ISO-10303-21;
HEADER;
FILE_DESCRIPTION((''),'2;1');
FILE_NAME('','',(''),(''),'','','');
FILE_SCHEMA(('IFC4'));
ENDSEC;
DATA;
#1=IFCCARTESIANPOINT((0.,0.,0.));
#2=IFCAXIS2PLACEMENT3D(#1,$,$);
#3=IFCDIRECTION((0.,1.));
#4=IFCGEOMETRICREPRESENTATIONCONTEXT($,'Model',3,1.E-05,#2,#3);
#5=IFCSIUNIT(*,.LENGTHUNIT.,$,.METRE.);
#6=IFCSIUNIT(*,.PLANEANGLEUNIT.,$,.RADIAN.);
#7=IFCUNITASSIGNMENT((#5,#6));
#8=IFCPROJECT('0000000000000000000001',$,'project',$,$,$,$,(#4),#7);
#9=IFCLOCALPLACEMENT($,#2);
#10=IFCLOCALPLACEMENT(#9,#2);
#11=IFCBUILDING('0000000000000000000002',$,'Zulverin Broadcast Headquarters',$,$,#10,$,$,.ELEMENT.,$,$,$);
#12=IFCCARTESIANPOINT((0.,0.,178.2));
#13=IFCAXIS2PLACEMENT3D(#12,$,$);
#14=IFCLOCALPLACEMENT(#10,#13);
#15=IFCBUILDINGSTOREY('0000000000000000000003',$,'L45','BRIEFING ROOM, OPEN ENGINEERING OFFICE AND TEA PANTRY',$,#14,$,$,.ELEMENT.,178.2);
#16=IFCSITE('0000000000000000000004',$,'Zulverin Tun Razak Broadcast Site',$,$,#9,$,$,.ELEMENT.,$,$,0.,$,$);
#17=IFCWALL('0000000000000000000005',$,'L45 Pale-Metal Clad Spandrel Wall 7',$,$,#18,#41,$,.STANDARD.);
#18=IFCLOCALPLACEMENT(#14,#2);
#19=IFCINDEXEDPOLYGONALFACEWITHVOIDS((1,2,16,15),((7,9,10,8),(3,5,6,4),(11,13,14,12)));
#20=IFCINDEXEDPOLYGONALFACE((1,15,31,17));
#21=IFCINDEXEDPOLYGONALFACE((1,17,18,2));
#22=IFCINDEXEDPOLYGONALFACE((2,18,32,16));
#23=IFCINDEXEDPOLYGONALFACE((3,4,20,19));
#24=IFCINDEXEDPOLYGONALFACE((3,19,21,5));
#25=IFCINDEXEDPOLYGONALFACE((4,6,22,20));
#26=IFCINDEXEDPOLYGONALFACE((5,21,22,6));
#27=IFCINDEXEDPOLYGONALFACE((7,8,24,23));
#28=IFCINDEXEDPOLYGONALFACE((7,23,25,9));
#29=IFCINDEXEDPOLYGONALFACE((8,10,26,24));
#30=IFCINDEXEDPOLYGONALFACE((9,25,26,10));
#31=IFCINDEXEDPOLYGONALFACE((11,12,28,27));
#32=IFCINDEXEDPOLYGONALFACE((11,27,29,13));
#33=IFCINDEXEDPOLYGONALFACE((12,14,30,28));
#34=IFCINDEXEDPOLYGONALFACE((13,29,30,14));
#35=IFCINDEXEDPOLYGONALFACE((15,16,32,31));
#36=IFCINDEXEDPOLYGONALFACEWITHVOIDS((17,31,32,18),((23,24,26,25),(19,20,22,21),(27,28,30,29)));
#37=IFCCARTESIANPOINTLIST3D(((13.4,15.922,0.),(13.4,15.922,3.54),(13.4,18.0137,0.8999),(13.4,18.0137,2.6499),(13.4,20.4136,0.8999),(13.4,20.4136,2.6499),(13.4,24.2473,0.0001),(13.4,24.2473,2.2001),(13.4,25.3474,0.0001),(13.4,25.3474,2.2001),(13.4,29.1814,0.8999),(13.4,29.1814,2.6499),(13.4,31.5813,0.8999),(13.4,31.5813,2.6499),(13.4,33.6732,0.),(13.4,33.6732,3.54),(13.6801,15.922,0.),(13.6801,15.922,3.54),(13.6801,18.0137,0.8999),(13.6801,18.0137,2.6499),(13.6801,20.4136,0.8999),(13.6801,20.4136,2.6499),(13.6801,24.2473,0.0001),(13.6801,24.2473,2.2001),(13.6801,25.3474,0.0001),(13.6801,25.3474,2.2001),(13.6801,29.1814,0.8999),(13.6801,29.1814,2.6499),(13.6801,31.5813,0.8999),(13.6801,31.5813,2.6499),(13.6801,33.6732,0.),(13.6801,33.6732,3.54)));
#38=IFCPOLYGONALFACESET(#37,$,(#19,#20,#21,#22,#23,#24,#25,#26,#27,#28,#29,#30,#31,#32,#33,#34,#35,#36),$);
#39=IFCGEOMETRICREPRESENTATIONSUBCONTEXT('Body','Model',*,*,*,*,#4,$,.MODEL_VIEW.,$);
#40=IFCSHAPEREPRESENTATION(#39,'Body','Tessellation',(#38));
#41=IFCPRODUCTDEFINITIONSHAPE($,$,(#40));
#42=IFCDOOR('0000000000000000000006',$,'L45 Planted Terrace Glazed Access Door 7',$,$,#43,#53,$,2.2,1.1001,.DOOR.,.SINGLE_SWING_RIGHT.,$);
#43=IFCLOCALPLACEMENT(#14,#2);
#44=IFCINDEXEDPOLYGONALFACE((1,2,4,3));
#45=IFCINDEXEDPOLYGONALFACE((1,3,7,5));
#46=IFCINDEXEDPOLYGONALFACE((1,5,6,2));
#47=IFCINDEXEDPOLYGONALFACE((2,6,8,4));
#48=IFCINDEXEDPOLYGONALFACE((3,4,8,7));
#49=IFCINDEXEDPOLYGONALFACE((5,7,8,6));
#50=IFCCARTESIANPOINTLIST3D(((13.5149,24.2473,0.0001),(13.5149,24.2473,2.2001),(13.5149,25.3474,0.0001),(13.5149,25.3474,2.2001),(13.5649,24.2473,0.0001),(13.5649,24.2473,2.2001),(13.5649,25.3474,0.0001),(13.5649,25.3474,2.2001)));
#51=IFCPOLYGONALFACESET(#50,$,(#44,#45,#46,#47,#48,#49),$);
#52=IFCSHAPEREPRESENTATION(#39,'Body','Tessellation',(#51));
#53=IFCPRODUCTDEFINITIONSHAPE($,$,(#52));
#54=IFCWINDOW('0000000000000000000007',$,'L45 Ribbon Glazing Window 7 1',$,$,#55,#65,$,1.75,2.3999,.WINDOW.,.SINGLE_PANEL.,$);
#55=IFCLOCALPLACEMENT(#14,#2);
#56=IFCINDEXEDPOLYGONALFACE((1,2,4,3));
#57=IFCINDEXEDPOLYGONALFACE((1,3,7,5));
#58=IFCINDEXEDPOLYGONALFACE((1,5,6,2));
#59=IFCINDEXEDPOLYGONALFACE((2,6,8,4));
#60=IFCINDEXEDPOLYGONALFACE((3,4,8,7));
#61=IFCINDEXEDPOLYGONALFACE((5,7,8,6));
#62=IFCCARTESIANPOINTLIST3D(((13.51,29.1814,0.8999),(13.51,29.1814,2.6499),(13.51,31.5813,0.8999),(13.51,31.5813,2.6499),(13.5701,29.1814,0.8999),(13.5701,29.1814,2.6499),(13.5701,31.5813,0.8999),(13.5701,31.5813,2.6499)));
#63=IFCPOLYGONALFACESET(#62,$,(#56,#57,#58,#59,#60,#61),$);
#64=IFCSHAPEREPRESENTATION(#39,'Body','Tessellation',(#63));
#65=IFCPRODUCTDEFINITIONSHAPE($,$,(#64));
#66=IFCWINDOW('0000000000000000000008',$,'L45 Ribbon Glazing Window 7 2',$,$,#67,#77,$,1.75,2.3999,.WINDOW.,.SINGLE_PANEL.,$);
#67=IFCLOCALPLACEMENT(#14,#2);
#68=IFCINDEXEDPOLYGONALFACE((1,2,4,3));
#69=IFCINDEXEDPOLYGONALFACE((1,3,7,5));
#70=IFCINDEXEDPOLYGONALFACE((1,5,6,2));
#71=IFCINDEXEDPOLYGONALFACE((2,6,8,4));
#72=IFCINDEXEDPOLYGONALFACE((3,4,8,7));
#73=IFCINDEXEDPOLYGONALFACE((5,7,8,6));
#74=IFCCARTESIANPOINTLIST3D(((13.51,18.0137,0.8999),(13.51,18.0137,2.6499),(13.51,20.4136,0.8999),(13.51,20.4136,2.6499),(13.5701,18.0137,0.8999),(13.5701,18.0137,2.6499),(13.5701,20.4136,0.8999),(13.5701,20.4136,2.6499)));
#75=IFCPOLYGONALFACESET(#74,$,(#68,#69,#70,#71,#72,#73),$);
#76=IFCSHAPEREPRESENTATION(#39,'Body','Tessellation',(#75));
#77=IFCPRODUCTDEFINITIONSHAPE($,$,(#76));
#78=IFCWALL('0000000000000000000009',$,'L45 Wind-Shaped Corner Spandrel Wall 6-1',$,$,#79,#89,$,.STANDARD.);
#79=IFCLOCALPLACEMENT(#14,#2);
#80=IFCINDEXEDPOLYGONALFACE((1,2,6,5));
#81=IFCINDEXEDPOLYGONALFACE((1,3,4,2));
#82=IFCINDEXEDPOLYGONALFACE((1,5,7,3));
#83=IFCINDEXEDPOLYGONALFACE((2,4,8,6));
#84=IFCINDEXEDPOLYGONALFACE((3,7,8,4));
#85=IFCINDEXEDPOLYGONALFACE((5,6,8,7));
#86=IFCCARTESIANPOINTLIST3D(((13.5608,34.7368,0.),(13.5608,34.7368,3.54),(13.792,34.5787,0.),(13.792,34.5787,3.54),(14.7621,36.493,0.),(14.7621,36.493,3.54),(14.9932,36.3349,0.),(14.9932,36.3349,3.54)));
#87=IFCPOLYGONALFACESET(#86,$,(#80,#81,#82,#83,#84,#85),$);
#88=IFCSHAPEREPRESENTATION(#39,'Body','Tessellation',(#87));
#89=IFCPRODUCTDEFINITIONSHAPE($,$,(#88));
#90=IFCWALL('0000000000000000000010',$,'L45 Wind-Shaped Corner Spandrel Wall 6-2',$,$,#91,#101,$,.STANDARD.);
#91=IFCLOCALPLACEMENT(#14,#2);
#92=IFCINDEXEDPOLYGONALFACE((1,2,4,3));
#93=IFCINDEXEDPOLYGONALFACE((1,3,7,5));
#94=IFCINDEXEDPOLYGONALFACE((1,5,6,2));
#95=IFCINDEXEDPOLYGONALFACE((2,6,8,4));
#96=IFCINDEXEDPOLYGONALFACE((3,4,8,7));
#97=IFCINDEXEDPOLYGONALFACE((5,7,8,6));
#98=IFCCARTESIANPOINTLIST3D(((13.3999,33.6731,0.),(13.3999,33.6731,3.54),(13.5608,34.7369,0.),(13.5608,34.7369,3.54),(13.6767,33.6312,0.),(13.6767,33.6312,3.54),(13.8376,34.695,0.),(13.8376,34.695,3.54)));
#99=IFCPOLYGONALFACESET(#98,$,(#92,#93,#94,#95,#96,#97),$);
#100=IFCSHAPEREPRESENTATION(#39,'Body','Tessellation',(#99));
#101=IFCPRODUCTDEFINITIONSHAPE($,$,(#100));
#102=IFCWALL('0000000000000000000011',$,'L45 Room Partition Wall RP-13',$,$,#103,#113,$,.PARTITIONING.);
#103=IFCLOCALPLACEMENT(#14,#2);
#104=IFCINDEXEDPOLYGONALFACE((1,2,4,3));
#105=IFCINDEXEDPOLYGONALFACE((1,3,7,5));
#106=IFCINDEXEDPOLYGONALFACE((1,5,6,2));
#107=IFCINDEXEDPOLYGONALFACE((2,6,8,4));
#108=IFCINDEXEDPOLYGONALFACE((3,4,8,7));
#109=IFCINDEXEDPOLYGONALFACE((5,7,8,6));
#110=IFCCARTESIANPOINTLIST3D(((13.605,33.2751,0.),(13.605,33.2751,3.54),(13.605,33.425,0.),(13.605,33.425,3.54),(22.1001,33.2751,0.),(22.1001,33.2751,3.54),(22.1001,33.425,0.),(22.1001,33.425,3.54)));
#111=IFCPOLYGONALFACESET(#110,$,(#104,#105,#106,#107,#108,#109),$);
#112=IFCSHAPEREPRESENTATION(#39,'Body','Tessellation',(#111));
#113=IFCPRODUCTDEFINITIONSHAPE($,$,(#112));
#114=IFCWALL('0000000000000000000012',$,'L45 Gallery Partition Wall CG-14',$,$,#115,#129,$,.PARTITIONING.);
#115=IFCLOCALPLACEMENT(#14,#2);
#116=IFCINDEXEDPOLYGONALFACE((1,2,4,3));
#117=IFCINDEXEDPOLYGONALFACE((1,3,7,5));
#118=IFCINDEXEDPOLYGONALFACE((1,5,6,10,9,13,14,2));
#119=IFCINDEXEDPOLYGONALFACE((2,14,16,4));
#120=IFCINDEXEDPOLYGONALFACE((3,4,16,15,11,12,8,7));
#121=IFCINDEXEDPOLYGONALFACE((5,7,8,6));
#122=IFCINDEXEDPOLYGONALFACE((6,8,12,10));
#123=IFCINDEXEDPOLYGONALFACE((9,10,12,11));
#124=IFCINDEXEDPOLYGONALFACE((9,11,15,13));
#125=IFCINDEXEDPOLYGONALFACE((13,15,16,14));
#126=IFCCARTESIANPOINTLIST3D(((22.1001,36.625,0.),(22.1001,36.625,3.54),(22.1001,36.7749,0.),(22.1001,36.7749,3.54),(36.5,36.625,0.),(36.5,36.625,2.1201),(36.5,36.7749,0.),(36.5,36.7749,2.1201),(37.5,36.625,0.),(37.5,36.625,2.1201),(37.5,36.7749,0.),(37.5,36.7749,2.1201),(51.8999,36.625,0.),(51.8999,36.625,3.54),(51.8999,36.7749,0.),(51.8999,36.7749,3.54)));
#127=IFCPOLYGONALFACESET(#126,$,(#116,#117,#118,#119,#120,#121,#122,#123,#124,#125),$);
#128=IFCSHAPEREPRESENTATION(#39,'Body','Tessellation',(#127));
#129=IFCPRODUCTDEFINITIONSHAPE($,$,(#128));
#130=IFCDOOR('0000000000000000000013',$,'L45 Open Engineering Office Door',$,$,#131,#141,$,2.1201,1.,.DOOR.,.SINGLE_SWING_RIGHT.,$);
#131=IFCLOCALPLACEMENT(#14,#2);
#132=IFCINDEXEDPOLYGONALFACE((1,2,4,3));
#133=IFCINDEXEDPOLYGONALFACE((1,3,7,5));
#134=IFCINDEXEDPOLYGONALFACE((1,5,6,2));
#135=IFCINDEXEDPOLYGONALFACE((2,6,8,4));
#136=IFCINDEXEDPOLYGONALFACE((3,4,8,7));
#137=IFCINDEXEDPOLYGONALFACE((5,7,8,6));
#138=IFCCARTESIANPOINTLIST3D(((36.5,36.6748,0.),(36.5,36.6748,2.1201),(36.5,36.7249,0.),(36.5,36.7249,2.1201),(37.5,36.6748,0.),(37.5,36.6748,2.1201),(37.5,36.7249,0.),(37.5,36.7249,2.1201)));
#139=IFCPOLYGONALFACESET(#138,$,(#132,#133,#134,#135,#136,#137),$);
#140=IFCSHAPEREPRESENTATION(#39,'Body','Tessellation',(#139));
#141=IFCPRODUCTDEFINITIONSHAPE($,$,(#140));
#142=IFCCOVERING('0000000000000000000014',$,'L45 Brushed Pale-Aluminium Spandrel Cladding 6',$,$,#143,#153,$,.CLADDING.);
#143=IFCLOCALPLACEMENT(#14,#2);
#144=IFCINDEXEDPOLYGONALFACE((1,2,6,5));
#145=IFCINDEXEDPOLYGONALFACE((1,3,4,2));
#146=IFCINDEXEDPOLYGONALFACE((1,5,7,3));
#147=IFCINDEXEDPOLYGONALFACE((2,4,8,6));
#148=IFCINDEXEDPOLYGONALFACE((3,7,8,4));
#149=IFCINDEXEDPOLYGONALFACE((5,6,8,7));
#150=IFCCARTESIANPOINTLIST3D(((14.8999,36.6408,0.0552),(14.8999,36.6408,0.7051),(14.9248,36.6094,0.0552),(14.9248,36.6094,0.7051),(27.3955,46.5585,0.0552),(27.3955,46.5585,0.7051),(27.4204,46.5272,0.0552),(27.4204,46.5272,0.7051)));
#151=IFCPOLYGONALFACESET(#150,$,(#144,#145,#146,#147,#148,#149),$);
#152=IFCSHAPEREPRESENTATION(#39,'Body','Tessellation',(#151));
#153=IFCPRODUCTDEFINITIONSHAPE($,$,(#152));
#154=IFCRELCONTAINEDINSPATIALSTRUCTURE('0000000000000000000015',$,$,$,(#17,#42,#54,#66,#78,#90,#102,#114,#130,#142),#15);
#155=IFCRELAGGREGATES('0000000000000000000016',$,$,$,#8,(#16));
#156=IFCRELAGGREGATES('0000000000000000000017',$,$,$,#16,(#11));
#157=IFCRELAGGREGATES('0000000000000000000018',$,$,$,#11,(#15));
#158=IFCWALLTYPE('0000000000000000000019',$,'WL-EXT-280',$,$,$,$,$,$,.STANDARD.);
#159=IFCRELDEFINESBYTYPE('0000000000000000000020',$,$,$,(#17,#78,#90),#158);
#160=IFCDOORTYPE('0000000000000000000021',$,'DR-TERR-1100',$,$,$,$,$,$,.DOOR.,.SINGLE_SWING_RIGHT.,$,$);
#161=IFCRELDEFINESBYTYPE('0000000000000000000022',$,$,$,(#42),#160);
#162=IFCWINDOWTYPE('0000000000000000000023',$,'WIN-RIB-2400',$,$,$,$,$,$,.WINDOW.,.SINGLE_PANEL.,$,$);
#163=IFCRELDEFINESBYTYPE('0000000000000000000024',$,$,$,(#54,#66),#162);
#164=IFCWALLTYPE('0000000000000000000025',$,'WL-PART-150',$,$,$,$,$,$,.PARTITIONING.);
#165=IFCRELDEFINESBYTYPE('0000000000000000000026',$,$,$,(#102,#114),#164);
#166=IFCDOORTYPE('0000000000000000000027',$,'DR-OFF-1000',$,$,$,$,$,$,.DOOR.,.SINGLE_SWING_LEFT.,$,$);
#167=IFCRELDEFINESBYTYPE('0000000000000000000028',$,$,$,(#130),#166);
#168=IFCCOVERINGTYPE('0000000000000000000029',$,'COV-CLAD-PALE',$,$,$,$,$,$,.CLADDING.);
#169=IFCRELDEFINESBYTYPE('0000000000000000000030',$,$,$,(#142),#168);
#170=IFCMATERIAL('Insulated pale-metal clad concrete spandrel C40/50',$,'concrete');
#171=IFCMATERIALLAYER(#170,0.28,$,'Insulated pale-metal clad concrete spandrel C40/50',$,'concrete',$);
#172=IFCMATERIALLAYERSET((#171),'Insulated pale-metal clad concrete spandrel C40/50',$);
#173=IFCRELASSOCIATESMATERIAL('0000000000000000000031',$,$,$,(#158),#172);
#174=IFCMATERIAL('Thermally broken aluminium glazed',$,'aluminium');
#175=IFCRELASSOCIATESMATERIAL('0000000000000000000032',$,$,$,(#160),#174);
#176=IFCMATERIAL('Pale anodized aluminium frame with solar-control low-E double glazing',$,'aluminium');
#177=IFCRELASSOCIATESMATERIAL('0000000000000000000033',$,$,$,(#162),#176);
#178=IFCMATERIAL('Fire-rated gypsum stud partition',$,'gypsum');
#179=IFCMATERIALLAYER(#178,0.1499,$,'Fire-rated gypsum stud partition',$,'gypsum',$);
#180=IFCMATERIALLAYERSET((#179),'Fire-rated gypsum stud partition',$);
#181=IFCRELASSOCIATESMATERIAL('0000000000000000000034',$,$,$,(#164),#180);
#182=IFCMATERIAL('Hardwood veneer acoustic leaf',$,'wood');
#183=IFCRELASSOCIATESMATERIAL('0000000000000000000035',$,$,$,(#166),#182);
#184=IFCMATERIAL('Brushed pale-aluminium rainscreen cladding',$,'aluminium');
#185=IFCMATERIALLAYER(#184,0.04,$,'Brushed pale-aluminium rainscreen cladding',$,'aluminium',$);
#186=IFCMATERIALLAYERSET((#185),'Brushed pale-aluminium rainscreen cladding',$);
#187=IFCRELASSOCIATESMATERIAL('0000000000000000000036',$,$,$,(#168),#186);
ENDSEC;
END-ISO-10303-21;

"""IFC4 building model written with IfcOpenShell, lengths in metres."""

from ifc_helpers import new_model, si_unit, direction, frame, frame_2d, origin, origin_2d, place, context, subcontext, project, spatial, rectangle, extrude, material, layer, layer_set, type_object, element, fill, save


model = new_model("IFC4")

# Units and contexts
model_context = context("Model", 3, precision=1e-05, world=origin(), true_north=direction((0.0, 1.0)))
body_context = subcontext(model_context, "Body", "Model", "MODEL_VIEW")
ifc_project = project(units=[si_unit("LENGTHUNIT", "METRE"), si_unit("PLANEANGLEUNIT", "RADIAN")], contexts=[model_context])

# Site, building, storey
site_placement = place(None, origin())
site = spatial("IfcSite", under=ifc_project, at=site_placement, Name="Zulverin Tun Razak Broadcast Site", CompositionType="ELEMENT", RefElevation=0.0)
building_placement = place(site_placement, origin())
building = spatial("IfcBuilding", under=site, at=building_placement, Name="Zulverin Broadcast Headquarters", CompositionType="ELEMENT")
storey_placement = place(building_placement, frame((0.0, 0.0, 178.2)))
storey = spatial("IfcBuildingStorey", under=building, at=storey_placement, Name="L45", Description="BRIEFING ROOM, OPEN ENGINEERING OFFICE AND TEA PANTRY", CompositionType="ELEMENT", Elevation=178.2)

# Wall, openings, door, windows
ifc_material_1 = material(Name="Insulated pale-metal clad concrete spandrel C40/50", Category="concrete")
ifc_layer_1 = layer(ifc_material_1, 0.28, Name="Insulated pale-metal clad concrete spandrel C40/50", Category="concrete")
ifc_layer_set_1 = layer_set([ifc_layer_1], Name="Insulated pale-metal clad concrete spandrel C40/50")
wall_type_1 = type_object("IfcWallType", Name="WL-EXT-280", PredefinedType="STANDARD", material=ifc_layer_set_1)
wall_1_placement = place(storey_placement, frame((13.54, 33.6731, 0.0), z_axis=(0.0, 0.0, 1.0), x_axis=(0.0, -1.0, 0.0)))
wall_1 = element("IfcWall", 1, at=wall_1_placement, inside=storey, type_object=wall_type_1, Name="L45 Pale-Metal Clad Spandrel Wall 7", PredefinedType="STANDARD", context=body_context, shape_type="SweptSolid", body=[
    extrude(rectangle(XDim=17.7512, YDim=0.28, at=frame_2d((8.8755, 0.0))), origin(), (0.0, 0.0, 1.0), 3.54),
])
opening_1_placement = place(wall_1_placement, frame((8.3257, 0.0, 0.0)))
opening_1 = element("IfcOpeningElement", 2, at=opening_1_placement, cuts=wall_1, PredefinedType="OPENING", context=body_context, shape_type="SweptSolid", body=[
    extrude(rectangle(XDim=1.1001, YDim=2.2, at=frame_2d((0.55, 1.1001))), frame((0.0, 0.1499, 0.0), z_axis=(0.0, -1.0, 0.0), x_axis=(1.0, 0.0, 0.0)), (0.0, 0.0, 1.0), 0.3),
])
opening_2_placement = place(wall_1_placement, frame((2.0918, 0.0, 0.8999)))
opening_2 = element("IfcOpeningElement", 3, at=opening_2_placement, cuts=wall_1, PredefinedType="OPENING", context=body_context, shape_type="SweptSolid", body=[
    extrude(rectangle(XDim=2.3999, YDim=1.75, at=frame_2d((1.2, 0.875))), frame((0.0, 0.1499, 0.0), z_axis=(0.0, -1.0, 0.0), x_axis=(1.0, 0.0, 0.0)), (0.0, 0.0, 1.0), 0.3),
])
opening_3_placement = place(wall_1_placement, frame((13.2595, 0.0, 0.8999)))
opening_3 = element("IfcOpeningElement", 4, at=opening_3_placement, cuts=wall_1, PredefinedType="OPENING", context=body_context, shape_type="SweptSolid", body=[
    extrude(rectangle(XDim=2.3999, YDim=1.75, at=frame_2d((1.2, 0.875))), frame((0.0, 0.1499, 0.0), z_axis=(0.0, -1.0, 0.0), x_axis=(1.0, 0.0, 0.0)), (0.0, 0.0, 1.0), 0.3),
])
ifc_material_2 = material(Name="Thermally broken aluminium glazed", Category="aluminium")
door_type_1 = type_object("IfcDoorType", Name="DR-TERR-1100", OperationType="SINGLE_SWING_RIGHT", PredefinedType="DOOR", material=ifc_material_2)
door_1_placement = place(opening_1_placement, origin())
door_1 = element("IfcDoor", 5, at=door_1_placement, inside=storey, type_object=door_type_1, Name="L45 Planted Terrace Glazed Access Door 7", OperationType="SINGLE_SWING_RIGHT", OverallHeight=2.2, OverallWidth=1.1001, PredefinedType="DOOR", context=body_context, shape_type="SweptSolid", body=[
    extrude(rectangle(XDim=1.1001, YDim=2.2, at=frame_2d((0.55, 1.1001))), frame((0.0, 0.0249, 0.0), z_axis=(0.0, -1.0, 0.0), x_axis=(1.0, 0.0, 0.0)), (0.0, 0.0, 1.0), 0.05),
])
fill(opening_1, door_1)
ifc_material_3 = material(Name="Pale anodized aluminium frame with solar-control low-E double glazing", Category="aluminium")
window_type = type_object("IfcWindowType", Name="WIN-RIB-2400", PartitioningType="SINGLE_PANEL", PredefinedType="WINDOW", material=ifc_material_3)
window_1_placement = place(opening_2_placement, origin())
window_1 = element("IfcWindow", 6, at=window_1_placement, inside=storey, type_object=window_type, Name="L45 Ribbon Glazing Window 7 1", OverallHeight=1.75, OverallWidth=2.3999, PartitioningType="SINGLE_PANEL", PredefinedType="WINDOW", context=body_context, shape_type="SweptSolid", body=[
    extrude(rectangle(XDim=2.3999, YDim=1.75, at=frame_2d((1.2, 0.875))), frame((0.0, 0.03, 0.0), z_axis=(0.0, -1.0, 0.0), x_axis=(1.0, 0.0, 0.0)), (0.0, 0.0, 1.0), 0.0601),
])
fill(opening_2, window_1)
window_2_placement = place(opening_3_placement, origin())
window_2 = element("IfcWindow", 7, at=window_2_placement, inside=storey, type_object=window_type, Name="L45 Ribbon Glazing Window 7 2", OverallHeight=1.75, OverallWidth=2.3999, PartitioningType="SINGLE_PANEL", PredefinedType="WINDOW", context=body_context, shape_type="SweptSolid", body=[
    extrude(rectangle(XDim=2.3999, YDim=1.75, at=frame_2d((1.2, 0.875))), frame((0.0, 0.03, 0.0), z_axis=(0.0, -1.0, 0.0), x_axis=(1.0, 0.0, 0.0)), (0.0, 0.0, 1.0), 0.0601),
])
fill(opening_3, window_2)

# Walls
wall_2_placement = place(storey_placement, frame((14.8777, 36.4141, 0.0), z_axis=(0.0, 0.0, 1.0), x_axis=(-0.564565, -0.825389, 0.0)))
element("IfcWall", 8, at=wall_2_placement, inside=storey, type_object=wall_type_1, Name="L45 Wind-Shaped Corner Spandrel Wall 6-1", PredefinedType="STANDARD", context=body_context, shape_type="SweptSolid", body=[
    extrude(rectangle(XDim=2.1277, YDim=0.28, at=frame_2d((1.064, 0.0))), origin(), (0.0, 0.0, 1.0), 3.54),
])
wall_3_placement = place(storey_placement, frame((13.6992, 34.7161, 0.0), z_axis=(0.0, 0.0, 1.0), x_axis=(-0.14955, -0.988754, 0.0)))
element("IfcWall", 9, at=wall_3_placement, inside=storey, type_object=wall_type_1, Name="L45 Wind-Shaped Corner Spandrel Wall 6-2", PredefinedType="STANDARD", context=body_context, shape_type="SweptSolid", body=[
    extrude(rectangle(XDim=1.0759, YDim=0.28, at=frame_2d((0.5381, 0.0))), origin(), (0.0, 0.0, 1.0), 3.54),
])
ifc_material_4 = material(Name="Fire-rated gypsum stud partition", Category="gypsum")
ifc_layer_2 = layer(ifc_material_4, 0.1499, Name="Fire-rated gypsum stud partition", Category="gypsum")
ifc_layer_set_2 = layer_set([ifc_layer_2], Name="Fire-rated gypsum stud partition")
wall_type_2 = type_object("IfcWallType", Name="WL-PART-150", PredefinedType="PARTITIONING", material=ifc_layer_set_2)
wall_4_placement = place(storey_placement, frame((13.605, 33.3501, 0.0), z_axis=(0.0, 0.0, 1.0), x_axis=(1.0, 0.0, 0.0)))
element("IfcWall", 10, at=wall_4_placement, inside=storey, type_object=wall_type_2, Name="L45 Room Partition Wall RP-13", PredefinedType="PARTITIONING", context=body_context, shape_type="SweptSolid", body=[
    extrude(rectangle(XDim=8.4951, YDim=0.1499, at=frame_2d((4.2476, 0.0))), origin(), (0.0, 0.0, 1.0), 3.54),
])

# Wall, opening, door
wall_5_placement = place(storey_placement, frame((22.1001, 36.7, 0.0), z_axis=(0.0, 0.0, 1.0), x_axis=(1.0, 0.0, 0.0)))
wall_5 = element("IfcWall", 11, at=wall_5_placement, inside=storey, type_object=wall_type_2, Name="L45 Gallery Partition Wall CG-14", PredefinedType="PARTITIONING", context=body_context, shape_type="SweptSolid", body=[
    extrude(rectangle(XDim=29.7998, YDim=0.1499, at=frame_2d((14.8999, 0.0))), origin(), (0.0, 0.0, 1.0), 3.54),
])
opening_4_placement = place(wall_5_placement, frame((14.3999, 0.0, 0.0)))
opening_4 = element("IfcOpeningElement", 12, at=opening_4_placement, cuts=wall_5, PredefinedType="OPENING", context=body_context, shape_type="SweptSolid", body=[
    extrude(rectangle(XDim=1.0, YDim=2.1201, at=frame_2d((0.5, 1.0601))), frame((0.0, 0.085, 0.0), z_axis=(0.0, -1.0, 0.0), x_axis=(1.0, 0.0, 0.0)), (0.0, 0.0, 1.0), 0.1699),
])
ifc_material_5 = material(Name="Hardwood veneer acoustic leaf", Category="wood")
door_type_2 = type_object("IfcDoorType", Name="DR-OFF-1000", OperationType="SINGLE_SWING_LEFT", PredefinedType="DOOR", material=ifc_material_5)
door_2_placement = place(opening_4_placement, origin())
door_2 = element("IfcDoor", 13, at=door_2_placement, inside=storey, type_object=door_type_2, Name="L45 Open Engineering Office Door", OperationType="SINGLE_SWING_RIGHT", OverallHeight=2.1201, OverallWidth=1.0, PredefinedType="DOOR", context=body_context, shape_type="SweptSolid", body=[
    extrude(rectangle(XDim=1.0, YDim=2.1201, at=frame_2d((0.5, 1.0601))), frame((0.0, 0.0249, 0.0), z_axis=(0.0, -1.0, 0.0), x_axis=(1.0, 0.0, 0.0)), (0.0, 0.0, 1.0), 0.05),
])
fill(opening_4, door_2)

# Covering
ifc_material_6 = material(Name="Brushed pale-aluminium rainscreen cladding", Category="aluminium")
ifc_layer_3 = layer(ifc_material_6, 0.04, Name="Brushed pale-aluminium rainscreen cladding", Category="aluminium")
ifc_layer_set_3 = layer_set([ifc_layer_3], Name="Brushed pale-aluminium rainscreen cladding")
covering_type = type_object("IfcCoveringType", Name="COV-CLAD-PALE", PredefinedType="CLADDING", material=ifc_layer_set_3)
covering_placement = place(storey_placement, frame((21.1602, 41.584, 0.0552), z_axis=(0.0, 0.0, 1.0), x_axis=(-0.78327, -0.621681, 0.0)))
element("IfcCovering", 14, at=covering_placement, inside=storey, type_object=covering_type, Name="L45 Brushed Pale-Aluminium Spandrel Cladding 6", PredefinedType="CLADDING", context=body_context, shape_type="SweptSolid", body=[
    extrude(rectangle(XDim=15.9531, YDim=0.04, at=origin_2d()), origin(), (0.0, 0.0, 1.0), 0.6499),
])

save(model, "model.ifc")
